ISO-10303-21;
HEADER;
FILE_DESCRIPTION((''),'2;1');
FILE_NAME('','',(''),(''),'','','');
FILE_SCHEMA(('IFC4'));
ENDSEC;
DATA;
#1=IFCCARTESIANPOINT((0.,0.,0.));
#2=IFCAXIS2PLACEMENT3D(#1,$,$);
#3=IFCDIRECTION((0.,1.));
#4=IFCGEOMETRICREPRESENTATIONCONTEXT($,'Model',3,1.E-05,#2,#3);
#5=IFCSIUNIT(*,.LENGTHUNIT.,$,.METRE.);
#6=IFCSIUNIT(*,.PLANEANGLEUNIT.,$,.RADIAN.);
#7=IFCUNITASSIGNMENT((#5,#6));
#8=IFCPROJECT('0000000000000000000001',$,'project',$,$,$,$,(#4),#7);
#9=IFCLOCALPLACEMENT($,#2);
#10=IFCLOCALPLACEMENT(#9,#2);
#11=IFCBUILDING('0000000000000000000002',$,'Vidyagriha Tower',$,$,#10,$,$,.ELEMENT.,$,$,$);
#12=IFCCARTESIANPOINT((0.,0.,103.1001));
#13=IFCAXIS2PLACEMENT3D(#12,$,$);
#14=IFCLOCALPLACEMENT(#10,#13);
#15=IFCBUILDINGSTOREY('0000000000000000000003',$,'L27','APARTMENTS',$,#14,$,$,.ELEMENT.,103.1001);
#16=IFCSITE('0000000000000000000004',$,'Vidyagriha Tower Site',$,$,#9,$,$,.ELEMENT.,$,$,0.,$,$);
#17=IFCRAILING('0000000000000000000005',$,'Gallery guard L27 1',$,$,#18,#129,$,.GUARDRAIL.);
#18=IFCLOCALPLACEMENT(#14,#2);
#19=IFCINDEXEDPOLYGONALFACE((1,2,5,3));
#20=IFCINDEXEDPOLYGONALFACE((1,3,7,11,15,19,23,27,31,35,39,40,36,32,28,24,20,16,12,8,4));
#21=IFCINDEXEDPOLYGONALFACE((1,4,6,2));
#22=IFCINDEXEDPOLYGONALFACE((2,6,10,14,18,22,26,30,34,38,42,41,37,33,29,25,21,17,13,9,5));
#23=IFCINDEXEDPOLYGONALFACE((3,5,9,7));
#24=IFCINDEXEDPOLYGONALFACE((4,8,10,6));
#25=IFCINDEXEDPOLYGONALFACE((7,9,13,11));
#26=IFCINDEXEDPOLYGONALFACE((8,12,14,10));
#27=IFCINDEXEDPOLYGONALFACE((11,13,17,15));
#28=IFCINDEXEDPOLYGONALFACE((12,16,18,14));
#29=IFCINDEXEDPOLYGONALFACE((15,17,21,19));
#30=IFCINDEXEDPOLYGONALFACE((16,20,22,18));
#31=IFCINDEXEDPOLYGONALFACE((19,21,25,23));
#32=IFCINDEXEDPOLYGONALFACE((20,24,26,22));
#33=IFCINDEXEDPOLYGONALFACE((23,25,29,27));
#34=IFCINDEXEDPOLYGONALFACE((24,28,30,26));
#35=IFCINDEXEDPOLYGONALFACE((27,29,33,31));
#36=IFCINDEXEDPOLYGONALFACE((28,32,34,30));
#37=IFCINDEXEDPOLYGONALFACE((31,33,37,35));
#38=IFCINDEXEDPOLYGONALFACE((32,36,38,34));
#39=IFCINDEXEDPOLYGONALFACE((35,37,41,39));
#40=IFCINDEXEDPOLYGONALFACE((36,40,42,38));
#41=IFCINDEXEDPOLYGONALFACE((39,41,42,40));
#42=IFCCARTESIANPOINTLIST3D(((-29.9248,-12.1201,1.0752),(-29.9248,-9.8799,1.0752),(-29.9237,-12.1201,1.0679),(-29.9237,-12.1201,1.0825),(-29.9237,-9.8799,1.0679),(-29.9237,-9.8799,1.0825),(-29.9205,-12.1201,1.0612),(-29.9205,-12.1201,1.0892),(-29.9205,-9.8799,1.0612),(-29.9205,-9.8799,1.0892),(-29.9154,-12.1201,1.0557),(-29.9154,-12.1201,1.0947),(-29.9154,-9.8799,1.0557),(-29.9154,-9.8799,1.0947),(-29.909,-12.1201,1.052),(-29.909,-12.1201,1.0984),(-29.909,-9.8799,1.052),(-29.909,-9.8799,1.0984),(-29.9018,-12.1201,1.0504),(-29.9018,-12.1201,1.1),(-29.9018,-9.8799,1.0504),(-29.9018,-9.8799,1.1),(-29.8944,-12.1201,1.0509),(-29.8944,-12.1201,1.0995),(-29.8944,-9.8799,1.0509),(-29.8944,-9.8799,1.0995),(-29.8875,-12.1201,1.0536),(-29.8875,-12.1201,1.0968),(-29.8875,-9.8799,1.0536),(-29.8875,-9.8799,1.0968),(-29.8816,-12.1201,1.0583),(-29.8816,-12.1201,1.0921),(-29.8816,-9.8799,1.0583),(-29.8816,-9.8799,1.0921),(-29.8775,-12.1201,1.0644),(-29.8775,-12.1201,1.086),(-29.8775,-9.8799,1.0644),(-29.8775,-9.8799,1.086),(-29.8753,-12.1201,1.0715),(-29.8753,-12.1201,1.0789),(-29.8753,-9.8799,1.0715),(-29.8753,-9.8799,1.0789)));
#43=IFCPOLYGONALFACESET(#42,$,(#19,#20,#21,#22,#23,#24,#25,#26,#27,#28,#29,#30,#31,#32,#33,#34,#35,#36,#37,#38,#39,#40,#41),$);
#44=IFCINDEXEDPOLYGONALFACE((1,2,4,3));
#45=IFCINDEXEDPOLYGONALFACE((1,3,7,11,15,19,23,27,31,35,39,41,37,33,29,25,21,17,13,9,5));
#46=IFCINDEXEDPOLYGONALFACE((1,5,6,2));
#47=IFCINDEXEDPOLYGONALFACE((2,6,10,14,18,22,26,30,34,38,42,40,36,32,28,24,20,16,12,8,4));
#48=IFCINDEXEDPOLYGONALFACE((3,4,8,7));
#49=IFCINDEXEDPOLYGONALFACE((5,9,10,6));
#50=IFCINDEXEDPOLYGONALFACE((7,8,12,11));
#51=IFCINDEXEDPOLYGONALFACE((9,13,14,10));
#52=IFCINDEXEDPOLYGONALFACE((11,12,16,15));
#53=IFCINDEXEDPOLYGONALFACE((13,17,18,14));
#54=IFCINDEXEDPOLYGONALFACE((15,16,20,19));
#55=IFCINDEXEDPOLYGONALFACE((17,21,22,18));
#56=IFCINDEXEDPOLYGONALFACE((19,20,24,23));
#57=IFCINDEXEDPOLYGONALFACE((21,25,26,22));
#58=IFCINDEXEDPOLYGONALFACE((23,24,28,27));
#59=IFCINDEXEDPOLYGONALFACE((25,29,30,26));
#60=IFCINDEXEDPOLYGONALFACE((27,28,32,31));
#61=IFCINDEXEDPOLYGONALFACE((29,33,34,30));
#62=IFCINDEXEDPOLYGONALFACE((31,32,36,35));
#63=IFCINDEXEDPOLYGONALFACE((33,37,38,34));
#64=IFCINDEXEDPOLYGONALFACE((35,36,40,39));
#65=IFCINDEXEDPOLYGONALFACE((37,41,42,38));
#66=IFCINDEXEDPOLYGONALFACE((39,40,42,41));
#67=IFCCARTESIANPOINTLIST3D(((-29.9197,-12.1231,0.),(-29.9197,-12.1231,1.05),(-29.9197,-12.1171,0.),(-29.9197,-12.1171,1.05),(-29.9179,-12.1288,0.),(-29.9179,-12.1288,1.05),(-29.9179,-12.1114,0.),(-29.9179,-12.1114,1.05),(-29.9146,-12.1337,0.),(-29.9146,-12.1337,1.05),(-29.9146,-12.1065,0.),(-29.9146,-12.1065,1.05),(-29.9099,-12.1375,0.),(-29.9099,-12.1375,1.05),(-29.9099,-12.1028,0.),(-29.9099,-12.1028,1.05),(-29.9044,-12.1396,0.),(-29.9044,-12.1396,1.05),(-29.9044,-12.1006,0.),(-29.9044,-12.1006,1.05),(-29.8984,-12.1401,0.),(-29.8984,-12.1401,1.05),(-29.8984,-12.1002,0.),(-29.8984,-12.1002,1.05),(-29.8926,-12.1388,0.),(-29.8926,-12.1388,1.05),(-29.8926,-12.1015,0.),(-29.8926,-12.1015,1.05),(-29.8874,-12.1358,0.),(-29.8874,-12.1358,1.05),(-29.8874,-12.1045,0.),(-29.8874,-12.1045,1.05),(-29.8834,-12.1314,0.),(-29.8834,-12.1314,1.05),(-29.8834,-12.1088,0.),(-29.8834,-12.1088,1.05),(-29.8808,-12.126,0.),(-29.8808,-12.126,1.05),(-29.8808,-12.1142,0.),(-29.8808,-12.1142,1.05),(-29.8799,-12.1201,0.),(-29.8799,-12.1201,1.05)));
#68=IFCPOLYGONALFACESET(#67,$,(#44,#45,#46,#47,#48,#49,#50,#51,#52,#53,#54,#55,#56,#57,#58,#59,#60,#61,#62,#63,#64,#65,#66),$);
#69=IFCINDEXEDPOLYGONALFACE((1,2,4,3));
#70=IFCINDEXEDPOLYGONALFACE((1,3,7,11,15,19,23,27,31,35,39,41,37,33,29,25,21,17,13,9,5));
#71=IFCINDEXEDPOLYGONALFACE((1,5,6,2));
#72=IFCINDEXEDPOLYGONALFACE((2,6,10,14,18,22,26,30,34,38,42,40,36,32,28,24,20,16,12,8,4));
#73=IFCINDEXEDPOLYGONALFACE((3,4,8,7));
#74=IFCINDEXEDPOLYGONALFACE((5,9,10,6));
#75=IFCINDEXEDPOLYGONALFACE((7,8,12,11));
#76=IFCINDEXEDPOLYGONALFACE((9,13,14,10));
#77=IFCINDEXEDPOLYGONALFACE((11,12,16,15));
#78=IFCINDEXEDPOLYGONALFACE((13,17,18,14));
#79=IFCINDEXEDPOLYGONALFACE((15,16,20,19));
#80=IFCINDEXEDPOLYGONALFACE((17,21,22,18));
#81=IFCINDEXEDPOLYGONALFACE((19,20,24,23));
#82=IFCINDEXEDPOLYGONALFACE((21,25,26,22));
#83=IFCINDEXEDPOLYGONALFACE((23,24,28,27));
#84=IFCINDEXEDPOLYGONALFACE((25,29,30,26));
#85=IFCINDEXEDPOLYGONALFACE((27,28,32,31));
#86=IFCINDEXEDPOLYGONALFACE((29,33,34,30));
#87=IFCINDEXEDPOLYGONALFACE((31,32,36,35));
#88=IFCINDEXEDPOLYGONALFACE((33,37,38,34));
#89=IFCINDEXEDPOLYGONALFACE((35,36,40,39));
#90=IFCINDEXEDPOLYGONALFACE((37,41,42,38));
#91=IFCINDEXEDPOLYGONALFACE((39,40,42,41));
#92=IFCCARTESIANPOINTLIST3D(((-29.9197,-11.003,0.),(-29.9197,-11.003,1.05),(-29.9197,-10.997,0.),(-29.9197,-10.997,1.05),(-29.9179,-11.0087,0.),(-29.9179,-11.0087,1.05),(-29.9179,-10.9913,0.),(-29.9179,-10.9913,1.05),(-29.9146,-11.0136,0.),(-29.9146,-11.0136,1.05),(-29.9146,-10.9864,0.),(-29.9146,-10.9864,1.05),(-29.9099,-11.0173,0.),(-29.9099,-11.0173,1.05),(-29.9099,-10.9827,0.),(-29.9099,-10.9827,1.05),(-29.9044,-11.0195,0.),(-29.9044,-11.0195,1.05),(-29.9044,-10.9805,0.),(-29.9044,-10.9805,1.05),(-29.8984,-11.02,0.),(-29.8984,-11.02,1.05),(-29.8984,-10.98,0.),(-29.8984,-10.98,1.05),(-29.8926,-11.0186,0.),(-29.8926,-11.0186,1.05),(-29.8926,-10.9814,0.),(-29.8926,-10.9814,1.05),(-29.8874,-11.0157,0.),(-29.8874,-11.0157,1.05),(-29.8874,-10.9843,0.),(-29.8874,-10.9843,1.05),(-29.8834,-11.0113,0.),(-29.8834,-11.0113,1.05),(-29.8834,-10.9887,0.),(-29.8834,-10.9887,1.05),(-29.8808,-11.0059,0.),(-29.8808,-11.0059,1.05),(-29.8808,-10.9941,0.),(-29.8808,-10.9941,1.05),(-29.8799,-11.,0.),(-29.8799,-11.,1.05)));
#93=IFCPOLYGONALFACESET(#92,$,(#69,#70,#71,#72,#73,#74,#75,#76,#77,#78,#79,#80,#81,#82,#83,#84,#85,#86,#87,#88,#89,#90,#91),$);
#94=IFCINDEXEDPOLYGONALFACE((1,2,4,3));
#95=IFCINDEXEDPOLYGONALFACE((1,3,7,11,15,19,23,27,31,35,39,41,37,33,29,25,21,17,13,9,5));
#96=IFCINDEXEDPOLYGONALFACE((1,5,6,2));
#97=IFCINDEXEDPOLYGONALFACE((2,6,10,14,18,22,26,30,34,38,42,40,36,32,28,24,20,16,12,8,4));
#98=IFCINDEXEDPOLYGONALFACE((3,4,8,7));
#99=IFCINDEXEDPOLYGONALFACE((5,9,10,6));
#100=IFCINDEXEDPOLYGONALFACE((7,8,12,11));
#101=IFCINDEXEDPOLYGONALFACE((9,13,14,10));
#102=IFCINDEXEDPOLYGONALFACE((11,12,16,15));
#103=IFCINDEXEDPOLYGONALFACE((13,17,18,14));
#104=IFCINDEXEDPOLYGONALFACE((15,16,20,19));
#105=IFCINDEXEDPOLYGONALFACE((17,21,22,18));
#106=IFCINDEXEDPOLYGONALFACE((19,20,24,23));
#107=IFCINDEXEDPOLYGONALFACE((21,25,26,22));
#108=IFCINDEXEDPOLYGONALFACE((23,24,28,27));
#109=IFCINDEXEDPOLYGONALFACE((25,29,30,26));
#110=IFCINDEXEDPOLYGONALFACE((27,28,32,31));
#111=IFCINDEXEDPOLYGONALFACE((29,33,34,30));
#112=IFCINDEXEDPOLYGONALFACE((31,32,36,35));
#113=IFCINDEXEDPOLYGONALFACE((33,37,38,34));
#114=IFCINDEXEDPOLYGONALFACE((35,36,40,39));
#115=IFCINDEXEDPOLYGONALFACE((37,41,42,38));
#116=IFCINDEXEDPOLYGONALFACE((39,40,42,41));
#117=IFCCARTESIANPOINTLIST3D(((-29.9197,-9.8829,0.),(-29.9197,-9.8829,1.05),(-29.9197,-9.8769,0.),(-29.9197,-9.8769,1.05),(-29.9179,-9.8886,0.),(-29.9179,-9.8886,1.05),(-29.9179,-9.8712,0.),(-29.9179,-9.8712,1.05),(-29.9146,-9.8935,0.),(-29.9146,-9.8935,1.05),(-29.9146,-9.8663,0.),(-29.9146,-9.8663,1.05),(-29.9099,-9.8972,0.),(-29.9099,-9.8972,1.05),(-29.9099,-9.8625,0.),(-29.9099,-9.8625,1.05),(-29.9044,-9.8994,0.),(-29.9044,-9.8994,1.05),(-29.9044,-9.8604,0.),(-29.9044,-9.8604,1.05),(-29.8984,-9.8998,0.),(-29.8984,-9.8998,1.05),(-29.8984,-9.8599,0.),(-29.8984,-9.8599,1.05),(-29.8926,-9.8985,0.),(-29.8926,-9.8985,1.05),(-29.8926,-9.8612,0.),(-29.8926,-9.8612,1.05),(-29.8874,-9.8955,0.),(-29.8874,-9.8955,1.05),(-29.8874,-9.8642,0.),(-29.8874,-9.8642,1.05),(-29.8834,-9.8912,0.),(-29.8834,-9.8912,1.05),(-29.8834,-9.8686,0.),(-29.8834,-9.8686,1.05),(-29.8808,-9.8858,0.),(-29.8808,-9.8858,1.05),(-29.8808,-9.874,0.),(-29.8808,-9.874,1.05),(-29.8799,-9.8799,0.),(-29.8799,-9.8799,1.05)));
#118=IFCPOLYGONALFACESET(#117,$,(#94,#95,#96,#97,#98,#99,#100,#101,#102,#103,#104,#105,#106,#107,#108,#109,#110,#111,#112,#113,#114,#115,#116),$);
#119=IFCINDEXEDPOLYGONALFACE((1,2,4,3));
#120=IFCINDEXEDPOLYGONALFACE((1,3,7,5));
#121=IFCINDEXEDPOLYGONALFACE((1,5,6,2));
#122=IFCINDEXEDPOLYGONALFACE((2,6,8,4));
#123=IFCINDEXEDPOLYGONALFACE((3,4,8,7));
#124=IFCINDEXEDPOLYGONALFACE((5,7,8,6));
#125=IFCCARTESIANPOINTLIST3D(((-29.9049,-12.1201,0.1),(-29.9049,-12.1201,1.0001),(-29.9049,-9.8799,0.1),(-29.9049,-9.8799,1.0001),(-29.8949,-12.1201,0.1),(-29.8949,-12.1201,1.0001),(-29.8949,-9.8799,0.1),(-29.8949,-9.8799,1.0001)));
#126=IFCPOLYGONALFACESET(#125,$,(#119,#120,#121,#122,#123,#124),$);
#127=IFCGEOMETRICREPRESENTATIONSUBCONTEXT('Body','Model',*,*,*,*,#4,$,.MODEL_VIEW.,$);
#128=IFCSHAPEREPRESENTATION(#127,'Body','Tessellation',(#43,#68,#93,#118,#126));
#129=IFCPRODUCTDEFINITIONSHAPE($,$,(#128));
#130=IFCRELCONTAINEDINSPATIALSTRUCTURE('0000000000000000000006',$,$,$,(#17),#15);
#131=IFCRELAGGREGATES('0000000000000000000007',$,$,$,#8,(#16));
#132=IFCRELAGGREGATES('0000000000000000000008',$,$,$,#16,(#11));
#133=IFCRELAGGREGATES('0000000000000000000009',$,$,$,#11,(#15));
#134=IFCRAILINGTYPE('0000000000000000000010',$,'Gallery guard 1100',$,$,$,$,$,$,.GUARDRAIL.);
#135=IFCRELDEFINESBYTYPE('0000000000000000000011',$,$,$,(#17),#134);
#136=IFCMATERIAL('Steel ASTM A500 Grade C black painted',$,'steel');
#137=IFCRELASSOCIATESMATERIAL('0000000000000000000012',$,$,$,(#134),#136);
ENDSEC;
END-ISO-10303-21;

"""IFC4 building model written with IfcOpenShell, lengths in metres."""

from ifc_helpers import new_model, si_unit, direction, frame, origin, origin_2d, place, context, subcontext, project, spatial, rectangle, circle, extrude, material, type_object, element, save


model = new_model("IFC4")

# Units and contexts
model_context = context("Model", 3, precision=1e-05, world=origin(), true_north=direction((0.0, 1.0)))
body_context = subcontext(model_context, "Body", "Model", "MODEL_VIEW")
ifc_project = project(units=[si_unit("LENGTHUNIT", "METRE"), si_unit("PLANEANGLEUNIT", "RADIAN")], contexts=[model_context])

# Site, building, storey
site_placement = place(None, origin())
site = spatial("IfcSite", under=ifc_project, at=site_placement, Name="Vidyagriha Tower Site", CompositionType="ELEMENT", RefElevation=0.0)
building_placement = place(site_placement, origin())
building = spatial("IfcBuilding", under=site, at=building_placement, Name="Vidyagriha Tower", CompositionType="ELEMENT")
storey_placement = place(building_placement, frame((0.0, 0.0, 103.1001)))
storey = spatial("IfcBuildingStorey", under=building, at=storey_placement, Name="L27", Description="APARTMENTS", CompositionType="ELEMENT", Elevation=103.1001)

# Railing
ifc_material_1 = material(Name="Steel ASTM A500 Grade C black painted", Category="steel")
railing_type_1 = type_object("IfcRailingType", Name="Gallery guard 1100", PredefinedType="GUARDRAIL", material=ifc_material_1)
railing_1_placement = place(storey_placement, frame((-29.8999, -12.1201, 0.0)))
element("IfcRailing", 1, at=railing_1_placement, inside=storey, type_object=railing_type_1, Name="Gallery guard L27 1", PredefinedType="GUARDRAIL", context=body_context, shape_type="SweptSolid", body=[
    extrude(circle(Radius=0.0249, at=origin_2d()), frame((0.0, 0.0, 1.0752), z_axis=(0.0, 1.0, 0.0), x_axis=(-1.0, 0.0, 0.0)), (0.0, 0.0, 1.0), 2.2402),
    extrude(circle(Radius=0.02, at=origin_2d()), origin(), (0.0, 0.0, 1.0), 1.05),
    extrude(circle(Radius=0.02, at=origin_2d()), frame((0.0, 1.1201, 0.0)), (0.0, 0.0, 1.0), 1.05),
    extrude(circle(Radius=0.02, at=origin_2d()), frame((0.0, 2.2402, 0.0)), (0.0, 0.0, 1.0), 1.05),
    extrude(rectangle(XDim=0.01, YDim=0.9001, at=origin_2d()), frame((0.0, 0.0, 0.55), z_axis=(0.0, 1.0, 0.0), x_axis=(-1.0, 0.0, 0.0)), (0.0, 0.0, 1.0), 2.2402),
])

save(model, "model.ifc")
